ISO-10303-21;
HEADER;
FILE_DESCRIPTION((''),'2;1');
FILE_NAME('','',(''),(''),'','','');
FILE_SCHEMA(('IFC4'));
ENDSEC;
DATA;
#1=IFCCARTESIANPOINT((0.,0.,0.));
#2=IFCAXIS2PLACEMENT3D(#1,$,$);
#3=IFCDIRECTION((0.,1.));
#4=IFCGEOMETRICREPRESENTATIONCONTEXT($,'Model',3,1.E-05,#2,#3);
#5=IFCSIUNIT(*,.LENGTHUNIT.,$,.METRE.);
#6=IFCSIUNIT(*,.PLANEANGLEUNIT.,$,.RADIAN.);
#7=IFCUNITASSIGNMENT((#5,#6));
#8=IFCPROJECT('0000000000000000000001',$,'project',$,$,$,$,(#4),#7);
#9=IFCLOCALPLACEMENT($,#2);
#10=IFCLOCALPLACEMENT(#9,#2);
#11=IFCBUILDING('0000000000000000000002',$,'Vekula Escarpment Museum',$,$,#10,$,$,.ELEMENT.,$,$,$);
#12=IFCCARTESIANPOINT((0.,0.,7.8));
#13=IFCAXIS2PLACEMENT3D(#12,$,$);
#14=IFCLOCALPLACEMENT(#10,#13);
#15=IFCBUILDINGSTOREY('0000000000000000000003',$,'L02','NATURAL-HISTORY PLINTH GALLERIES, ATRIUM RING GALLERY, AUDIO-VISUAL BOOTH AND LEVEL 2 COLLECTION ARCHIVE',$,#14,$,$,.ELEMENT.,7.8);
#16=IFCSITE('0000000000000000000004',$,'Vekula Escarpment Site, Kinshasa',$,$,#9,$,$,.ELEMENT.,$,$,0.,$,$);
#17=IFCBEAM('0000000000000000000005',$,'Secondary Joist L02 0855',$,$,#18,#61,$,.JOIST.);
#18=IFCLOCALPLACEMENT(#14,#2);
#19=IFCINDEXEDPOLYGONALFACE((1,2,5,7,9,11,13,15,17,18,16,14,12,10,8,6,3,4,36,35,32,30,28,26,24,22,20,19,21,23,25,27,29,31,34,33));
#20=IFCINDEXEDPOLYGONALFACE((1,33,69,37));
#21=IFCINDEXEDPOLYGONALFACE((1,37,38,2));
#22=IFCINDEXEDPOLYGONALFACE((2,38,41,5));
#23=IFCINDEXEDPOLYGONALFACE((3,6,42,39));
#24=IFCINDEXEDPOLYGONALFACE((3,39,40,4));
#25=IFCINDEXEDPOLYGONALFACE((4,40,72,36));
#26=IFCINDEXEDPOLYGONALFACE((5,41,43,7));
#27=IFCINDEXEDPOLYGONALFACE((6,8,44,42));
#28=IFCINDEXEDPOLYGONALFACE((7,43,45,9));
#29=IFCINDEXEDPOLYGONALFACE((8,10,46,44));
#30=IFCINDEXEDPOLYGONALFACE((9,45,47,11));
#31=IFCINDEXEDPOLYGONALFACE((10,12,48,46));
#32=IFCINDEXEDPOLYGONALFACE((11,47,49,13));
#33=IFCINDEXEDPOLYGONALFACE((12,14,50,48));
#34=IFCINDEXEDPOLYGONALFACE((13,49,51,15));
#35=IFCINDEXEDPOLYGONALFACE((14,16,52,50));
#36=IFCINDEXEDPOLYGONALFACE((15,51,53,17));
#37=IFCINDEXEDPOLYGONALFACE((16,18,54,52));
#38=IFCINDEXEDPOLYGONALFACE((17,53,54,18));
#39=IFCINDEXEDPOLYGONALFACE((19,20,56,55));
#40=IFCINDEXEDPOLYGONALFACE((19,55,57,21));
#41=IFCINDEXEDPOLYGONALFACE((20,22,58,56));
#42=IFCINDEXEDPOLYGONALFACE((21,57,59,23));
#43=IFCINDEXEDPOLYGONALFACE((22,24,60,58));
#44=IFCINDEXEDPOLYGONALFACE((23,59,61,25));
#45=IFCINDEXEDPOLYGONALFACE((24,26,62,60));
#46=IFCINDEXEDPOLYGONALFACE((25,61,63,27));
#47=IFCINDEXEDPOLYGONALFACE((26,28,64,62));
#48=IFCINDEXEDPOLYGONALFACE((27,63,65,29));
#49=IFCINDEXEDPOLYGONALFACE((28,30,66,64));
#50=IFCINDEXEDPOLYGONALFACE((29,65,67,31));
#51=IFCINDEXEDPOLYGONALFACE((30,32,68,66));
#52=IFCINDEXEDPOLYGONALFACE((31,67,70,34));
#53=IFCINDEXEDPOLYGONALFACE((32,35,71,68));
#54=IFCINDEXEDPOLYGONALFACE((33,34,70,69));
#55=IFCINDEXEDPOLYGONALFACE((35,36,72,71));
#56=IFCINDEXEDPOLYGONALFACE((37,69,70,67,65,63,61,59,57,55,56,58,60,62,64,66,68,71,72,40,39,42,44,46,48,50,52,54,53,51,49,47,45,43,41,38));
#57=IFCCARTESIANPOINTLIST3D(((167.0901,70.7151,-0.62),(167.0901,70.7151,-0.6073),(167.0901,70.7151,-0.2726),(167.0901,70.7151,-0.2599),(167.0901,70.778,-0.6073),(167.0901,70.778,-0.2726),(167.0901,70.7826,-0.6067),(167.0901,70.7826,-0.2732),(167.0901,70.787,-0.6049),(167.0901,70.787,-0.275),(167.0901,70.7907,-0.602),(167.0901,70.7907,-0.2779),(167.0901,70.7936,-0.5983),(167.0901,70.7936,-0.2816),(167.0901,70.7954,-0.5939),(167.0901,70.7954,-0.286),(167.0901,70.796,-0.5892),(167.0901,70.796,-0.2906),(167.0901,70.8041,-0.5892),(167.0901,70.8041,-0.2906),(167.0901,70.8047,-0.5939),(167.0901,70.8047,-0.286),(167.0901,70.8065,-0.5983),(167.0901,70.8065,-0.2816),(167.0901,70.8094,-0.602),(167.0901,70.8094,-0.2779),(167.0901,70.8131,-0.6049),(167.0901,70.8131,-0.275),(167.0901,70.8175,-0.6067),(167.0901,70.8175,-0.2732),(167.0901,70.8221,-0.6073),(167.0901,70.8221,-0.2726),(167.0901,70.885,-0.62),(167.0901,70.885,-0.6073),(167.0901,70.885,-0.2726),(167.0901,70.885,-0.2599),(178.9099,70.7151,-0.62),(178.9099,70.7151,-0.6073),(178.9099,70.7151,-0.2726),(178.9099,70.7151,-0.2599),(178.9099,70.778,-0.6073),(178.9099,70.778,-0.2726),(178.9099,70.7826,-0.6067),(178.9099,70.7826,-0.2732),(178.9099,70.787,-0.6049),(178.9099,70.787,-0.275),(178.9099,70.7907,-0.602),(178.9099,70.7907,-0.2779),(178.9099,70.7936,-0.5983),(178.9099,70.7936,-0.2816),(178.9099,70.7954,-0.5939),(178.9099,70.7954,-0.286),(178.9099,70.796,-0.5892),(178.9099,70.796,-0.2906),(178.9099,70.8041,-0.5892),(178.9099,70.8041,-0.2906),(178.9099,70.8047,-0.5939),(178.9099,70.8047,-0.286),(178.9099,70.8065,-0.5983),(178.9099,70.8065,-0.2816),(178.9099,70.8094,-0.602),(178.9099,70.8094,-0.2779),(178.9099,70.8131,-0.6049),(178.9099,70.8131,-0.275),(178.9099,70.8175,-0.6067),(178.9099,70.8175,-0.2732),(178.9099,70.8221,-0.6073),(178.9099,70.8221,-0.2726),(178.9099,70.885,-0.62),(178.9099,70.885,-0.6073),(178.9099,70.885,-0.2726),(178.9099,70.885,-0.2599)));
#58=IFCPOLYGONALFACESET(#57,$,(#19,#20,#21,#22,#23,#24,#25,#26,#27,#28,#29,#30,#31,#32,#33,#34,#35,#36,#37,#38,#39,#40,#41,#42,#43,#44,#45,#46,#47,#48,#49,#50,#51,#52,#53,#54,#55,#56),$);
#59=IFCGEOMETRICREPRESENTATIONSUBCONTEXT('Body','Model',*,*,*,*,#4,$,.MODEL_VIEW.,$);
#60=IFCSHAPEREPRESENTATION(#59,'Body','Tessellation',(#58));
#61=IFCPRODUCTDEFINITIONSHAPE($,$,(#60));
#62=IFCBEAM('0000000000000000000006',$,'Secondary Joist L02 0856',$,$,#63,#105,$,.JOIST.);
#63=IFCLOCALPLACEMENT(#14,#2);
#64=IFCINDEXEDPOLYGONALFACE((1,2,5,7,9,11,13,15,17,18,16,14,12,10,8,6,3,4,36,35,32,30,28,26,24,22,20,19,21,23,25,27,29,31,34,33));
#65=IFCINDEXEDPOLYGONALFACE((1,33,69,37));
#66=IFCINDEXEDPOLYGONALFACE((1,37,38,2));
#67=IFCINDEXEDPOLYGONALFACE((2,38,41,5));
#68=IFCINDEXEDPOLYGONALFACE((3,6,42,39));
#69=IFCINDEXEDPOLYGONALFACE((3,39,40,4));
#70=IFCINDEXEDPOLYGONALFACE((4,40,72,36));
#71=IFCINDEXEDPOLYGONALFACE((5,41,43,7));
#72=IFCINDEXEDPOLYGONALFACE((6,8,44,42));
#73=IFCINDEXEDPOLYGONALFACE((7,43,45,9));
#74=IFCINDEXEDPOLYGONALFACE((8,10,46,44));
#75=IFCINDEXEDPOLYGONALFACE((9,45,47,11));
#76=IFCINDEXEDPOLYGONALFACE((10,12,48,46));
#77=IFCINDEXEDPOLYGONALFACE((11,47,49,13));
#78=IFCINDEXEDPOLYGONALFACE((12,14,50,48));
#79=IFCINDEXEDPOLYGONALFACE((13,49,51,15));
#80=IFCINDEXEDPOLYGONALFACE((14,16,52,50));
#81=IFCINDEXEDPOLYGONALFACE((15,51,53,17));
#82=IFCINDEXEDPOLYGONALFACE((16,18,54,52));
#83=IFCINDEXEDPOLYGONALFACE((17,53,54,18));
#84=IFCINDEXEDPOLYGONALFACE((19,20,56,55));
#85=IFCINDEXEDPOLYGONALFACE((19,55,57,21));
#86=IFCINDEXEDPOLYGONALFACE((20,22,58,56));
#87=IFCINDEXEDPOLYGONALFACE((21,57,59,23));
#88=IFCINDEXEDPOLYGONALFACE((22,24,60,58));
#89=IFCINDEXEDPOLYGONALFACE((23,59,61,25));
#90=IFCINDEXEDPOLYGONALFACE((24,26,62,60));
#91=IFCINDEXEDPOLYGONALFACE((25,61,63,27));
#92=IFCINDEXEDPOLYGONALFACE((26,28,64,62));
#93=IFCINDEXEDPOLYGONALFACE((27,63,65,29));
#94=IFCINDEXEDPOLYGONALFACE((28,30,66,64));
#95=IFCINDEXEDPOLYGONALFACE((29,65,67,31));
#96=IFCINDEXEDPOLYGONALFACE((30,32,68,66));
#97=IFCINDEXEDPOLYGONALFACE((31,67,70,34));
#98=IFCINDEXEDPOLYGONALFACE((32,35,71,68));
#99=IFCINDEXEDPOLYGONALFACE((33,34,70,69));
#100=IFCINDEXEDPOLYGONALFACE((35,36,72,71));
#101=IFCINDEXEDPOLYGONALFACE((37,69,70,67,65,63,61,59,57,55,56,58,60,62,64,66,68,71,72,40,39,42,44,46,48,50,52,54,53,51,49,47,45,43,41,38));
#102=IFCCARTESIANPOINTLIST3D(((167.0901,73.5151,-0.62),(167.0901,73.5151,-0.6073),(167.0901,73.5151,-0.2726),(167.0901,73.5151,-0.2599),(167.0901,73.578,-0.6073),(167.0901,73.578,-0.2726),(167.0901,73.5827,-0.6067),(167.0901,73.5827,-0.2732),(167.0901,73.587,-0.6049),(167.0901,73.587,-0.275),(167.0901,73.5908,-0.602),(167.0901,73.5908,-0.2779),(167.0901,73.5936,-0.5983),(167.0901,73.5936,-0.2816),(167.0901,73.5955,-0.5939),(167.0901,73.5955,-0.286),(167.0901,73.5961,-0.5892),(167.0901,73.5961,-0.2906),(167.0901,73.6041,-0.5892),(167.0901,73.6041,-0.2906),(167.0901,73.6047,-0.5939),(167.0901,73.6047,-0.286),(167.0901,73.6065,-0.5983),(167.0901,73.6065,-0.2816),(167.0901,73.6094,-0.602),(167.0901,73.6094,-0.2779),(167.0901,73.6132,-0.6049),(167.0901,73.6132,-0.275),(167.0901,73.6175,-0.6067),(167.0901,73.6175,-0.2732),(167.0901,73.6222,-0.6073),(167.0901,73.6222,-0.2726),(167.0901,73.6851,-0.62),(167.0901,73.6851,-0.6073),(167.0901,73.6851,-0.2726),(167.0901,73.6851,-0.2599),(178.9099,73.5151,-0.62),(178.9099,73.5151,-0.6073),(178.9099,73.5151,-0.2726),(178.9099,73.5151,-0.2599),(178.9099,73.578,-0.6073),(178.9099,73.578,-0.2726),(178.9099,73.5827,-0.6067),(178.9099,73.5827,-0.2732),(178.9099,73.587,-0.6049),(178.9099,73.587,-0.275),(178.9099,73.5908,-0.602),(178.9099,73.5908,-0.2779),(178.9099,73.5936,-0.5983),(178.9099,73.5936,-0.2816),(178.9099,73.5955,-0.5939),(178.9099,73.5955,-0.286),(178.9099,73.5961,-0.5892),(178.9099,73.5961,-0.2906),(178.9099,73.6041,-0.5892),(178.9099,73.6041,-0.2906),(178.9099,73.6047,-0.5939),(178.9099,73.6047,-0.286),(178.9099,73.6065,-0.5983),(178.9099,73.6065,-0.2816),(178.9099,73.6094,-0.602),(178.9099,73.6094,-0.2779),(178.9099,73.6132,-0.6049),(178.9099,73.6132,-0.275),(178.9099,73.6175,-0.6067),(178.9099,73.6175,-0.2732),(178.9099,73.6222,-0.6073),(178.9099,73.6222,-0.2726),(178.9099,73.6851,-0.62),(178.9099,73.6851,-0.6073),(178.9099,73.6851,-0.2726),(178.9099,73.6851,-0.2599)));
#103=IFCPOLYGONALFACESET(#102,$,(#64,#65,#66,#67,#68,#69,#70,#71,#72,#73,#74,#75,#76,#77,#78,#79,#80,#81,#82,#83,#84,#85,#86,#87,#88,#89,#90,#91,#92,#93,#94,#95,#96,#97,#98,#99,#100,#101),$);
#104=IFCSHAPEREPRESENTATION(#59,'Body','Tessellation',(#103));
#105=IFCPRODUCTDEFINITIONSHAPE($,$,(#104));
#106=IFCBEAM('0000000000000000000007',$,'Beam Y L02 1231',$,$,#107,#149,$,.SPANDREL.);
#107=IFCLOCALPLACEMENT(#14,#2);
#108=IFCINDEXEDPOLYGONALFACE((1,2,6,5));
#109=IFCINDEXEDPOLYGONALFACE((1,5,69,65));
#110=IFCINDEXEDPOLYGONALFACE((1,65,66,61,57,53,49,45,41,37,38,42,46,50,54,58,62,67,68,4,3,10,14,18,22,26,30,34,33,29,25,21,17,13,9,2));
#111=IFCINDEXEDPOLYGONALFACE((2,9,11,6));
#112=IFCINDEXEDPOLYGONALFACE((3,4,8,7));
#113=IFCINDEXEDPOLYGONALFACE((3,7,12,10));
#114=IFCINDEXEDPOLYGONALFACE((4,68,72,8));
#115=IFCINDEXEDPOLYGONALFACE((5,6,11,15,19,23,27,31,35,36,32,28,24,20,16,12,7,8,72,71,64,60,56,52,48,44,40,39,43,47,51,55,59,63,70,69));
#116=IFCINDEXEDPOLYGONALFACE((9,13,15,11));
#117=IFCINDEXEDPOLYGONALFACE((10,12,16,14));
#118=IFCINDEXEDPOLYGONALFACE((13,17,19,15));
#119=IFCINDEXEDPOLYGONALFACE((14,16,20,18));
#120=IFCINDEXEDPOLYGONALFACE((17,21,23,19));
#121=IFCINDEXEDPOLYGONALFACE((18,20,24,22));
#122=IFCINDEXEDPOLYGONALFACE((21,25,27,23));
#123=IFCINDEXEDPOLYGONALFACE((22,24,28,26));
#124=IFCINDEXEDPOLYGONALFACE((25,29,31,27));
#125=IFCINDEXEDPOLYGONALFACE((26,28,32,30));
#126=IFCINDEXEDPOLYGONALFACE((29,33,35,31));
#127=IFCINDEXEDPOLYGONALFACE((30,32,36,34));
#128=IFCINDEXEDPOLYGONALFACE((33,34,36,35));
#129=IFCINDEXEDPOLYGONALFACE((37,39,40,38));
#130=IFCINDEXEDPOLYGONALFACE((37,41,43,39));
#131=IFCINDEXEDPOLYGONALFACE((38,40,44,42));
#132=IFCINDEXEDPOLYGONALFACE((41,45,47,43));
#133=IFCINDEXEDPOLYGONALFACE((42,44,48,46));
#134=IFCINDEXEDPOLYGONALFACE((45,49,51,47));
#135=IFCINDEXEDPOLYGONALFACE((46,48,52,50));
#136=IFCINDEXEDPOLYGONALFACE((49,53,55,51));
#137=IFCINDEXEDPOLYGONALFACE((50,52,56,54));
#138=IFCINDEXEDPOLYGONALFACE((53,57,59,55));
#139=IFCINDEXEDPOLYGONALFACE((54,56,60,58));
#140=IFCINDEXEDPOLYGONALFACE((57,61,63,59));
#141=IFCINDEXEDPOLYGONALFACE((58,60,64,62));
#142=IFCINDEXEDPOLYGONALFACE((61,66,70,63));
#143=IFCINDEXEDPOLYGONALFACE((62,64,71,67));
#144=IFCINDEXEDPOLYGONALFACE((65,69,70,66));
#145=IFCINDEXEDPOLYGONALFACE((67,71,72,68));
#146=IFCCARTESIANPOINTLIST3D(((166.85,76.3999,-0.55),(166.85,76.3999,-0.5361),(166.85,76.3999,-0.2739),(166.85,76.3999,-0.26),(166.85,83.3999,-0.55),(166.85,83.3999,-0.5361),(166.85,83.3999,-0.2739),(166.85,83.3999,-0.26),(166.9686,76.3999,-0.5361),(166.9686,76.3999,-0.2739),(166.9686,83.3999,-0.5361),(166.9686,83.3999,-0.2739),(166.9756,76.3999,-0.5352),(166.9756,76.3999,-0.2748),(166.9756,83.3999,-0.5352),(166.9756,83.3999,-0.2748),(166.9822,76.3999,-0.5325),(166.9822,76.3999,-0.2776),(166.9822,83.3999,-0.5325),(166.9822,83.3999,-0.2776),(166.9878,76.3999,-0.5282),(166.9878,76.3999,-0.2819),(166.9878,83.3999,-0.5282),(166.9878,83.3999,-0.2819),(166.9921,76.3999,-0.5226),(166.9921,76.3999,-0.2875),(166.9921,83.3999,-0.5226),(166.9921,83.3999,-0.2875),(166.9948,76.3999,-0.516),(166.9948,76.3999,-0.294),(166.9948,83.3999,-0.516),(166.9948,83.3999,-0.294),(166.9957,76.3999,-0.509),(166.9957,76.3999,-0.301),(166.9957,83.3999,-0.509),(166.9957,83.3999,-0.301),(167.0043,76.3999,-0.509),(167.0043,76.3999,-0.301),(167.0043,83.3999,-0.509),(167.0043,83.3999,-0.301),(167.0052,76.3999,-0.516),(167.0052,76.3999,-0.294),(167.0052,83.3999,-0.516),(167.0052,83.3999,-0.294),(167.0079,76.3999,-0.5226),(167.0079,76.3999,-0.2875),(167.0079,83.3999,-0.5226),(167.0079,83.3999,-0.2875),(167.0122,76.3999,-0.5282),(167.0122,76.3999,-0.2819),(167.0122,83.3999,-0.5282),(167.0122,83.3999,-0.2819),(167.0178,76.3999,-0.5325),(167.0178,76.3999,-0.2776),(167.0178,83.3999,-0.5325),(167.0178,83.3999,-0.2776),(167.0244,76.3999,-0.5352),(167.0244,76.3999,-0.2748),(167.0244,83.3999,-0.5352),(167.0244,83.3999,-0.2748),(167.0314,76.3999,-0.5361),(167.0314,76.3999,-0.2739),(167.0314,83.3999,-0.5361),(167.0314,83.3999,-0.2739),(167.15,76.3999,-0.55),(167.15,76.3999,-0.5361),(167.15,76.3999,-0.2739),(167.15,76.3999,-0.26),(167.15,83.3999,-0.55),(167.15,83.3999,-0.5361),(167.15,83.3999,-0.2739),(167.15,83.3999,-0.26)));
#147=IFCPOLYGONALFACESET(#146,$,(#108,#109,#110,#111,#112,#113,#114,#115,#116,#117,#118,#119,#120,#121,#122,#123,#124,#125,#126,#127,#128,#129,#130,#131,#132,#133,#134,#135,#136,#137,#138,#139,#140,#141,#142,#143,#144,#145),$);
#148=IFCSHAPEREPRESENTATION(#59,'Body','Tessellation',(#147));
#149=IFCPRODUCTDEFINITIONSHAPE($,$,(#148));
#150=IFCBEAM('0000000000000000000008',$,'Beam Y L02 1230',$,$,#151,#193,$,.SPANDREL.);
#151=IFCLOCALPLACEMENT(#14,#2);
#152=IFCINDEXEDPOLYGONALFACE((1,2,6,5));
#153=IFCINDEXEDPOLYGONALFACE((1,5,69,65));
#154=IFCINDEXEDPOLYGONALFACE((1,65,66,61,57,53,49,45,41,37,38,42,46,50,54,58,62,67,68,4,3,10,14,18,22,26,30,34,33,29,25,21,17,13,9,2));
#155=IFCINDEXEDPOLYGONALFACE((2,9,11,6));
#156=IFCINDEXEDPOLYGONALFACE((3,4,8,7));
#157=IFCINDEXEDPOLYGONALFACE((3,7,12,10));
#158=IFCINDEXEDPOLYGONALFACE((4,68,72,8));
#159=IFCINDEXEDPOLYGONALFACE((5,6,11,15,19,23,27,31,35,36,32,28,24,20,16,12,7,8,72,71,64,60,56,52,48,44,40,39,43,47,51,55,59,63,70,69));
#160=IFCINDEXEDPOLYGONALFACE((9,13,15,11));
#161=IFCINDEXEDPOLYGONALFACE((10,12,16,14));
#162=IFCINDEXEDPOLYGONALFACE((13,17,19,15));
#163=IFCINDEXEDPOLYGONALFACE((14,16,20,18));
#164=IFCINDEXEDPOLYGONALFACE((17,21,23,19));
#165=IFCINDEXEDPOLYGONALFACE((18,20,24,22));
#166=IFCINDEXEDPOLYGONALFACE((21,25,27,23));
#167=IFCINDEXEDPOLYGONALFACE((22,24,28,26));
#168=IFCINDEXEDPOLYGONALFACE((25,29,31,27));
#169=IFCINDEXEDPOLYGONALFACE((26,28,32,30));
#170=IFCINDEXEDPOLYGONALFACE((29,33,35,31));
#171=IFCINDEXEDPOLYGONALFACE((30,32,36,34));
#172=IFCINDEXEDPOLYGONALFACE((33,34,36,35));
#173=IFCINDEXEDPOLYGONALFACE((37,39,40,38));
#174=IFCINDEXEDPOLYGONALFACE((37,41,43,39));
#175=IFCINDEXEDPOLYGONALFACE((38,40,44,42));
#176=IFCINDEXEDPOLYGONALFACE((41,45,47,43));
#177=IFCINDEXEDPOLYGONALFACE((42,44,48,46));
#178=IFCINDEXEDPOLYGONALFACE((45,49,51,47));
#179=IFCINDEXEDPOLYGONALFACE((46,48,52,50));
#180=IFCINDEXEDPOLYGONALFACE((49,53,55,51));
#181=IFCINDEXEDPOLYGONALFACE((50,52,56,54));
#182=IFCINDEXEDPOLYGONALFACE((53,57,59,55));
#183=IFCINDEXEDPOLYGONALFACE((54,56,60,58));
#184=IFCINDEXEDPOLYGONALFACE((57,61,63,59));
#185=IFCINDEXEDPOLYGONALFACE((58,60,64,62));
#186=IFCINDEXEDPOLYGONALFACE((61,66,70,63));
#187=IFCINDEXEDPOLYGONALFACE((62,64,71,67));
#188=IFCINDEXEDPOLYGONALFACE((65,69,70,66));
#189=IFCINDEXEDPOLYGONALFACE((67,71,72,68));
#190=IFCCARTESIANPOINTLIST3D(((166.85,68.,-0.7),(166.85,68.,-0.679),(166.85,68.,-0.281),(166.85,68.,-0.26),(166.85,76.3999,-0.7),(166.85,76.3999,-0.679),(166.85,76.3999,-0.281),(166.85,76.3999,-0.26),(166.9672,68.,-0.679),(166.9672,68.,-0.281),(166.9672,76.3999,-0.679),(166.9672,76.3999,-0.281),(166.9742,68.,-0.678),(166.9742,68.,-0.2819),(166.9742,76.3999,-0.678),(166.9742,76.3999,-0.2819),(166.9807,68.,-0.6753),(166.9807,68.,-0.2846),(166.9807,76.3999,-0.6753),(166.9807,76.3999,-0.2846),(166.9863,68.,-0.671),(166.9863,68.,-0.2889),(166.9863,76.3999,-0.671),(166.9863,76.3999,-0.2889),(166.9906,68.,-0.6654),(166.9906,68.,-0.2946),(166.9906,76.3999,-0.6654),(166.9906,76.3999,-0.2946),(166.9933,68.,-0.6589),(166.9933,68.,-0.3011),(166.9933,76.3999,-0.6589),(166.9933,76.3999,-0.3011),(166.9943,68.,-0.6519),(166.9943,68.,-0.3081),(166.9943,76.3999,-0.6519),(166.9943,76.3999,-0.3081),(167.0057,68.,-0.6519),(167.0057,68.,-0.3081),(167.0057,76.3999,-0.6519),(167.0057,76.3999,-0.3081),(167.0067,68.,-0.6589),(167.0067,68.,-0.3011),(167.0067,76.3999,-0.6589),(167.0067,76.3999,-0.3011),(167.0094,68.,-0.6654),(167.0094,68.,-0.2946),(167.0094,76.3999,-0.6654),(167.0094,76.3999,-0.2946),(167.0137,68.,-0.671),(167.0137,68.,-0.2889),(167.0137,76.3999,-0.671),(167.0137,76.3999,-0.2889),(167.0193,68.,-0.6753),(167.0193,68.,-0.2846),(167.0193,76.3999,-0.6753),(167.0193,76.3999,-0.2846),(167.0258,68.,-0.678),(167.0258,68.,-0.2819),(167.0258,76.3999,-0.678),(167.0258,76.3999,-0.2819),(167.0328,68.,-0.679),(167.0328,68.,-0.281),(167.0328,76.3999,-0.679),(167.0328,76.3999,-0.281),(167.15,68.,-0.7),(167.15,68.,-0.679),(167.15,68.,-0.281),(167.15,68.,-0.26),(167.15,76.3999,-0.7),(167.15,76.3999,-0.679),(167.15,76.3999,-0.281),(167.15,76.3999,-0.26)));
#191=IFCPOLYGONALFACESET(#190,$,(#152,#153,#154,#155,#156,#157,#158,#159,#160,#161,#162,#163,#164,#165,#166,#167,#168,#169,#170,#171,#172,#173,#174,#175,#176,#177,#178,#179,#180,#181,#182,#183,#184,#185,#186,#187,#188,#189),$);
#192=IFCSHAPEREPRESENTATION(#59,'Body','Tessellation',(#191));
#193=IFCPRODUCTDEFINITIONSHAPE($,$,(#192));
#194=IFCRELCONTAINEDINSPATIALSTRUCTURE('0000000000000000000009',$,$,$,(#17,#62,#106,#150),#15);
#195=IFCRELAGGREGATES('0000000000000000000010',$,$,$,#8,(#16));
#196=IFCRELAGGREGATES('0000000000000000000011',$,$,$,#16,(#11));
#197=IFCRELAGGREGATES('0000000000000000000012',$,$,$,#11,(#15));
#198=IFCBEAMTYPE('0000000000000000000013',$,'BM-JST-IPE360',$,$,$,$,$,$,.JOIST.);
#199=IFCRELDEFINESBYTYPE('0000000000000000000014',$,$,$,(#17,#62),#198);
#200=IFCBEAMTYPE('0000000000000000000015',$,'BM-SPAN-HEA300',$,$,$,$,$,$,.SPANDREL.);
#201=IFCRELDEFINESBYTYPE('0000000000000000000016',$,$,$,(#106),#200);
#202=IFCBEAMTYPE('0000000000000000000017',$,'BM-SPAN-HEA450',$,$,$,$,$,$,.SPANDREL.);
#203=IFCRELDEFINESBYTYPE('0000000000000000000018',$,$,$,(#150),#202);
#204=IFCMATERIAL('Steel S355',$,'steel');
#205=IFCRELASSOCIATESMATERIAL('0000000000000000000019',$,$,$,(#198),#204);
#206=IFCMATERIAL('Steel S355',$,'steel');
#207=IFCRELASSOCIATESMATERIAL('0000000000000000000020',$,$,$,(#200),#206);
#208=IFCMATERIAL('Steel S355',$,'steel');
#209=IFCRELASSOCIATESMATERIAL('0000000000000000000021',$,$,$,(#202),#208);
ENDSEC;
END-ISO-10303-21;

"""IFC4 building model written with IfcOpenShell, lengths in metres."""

from ifc_helpers import new_model, si_unit, direction, frame, origin, origin_2d, place, context, subcontext, project, spatial, i_section, extrude, material, material_profile, profile_set, type_object, element, save


model = new_model("IFC4")

# Units and contexts
model_context = context("Model", 3, precision=1e-05, world=origin(), true_north=direction((0.0, 1.0)))
body_context = subcontext(model_context, "Body", "Model", "MODEL_VIEW")
ifc_project = project(units=[si_unit("LENGTHUNIT", "METRE"), si_unit("PLANEANGLEUNIT", "RADIAN")], contexts=[model_context])

# Site, building, storey
site_placement = place(None, origin())
site = spatial("IfcSite", under=ifc_project, at=site_placement, Name="Vekula Escarpment Site, Kinshasa", CompositionType="ELEMENT", RefElevation=0.0)
building_placement = place(site_placement, origin())
building = spatial("IfcBuilding", under=site, at=building_placement, Name="Vekula Escarpment Museum", CompositionType="ELEMENT")
storey_placement = place(building_placement, frame((0.0, 0.0, 7.8)))
storey = spatial("IfcBuildingStorey", under=building, at=storey_placement, Name="L02", Description="NATURAL-HISTORY PLINTH GALLERIES, ATRIUM RING GALLERY, AUDIO-VISUAL BOOTH AND LEVEL 2 COLLECTION ARCHIVE", CompositionType="ELEMENT", Elevation=7.8)

# Beams
ifc_material_1 = material(Name="Steel S355", Category="steel")
ifc_material_profile_1 = material_profile(ifc_material_1, i_section(OverallWidth=0.1699, OverallDepth=0.3601, WebThickness=0.0081, FlangeThickness=0.0127, FilletRadius=0.0181, at=origin_2d()), Name="IPE 360")
ifc_profile_set_1 = profile_set([ifc_material_profile_1], Name="Steel S355")
beam_type_1 = type_object("IfcBeamType", Name="BM-JST-IPE360", PredefinedType="JOIST", material=ifc_profile_set_1)
for number, where, z_axis, x_axis, name in (
    (1, (167.0901, 70.8, -0.4399), (1.0, 0.0, 0.0), (0.0, 1.0, 0.0), "Secondary Joist L02 0855"),
    (2, (167.0901, 73.6001, -0.4399), (1.0, 0.0, 0.0), (0.0, 1.0, 0.0), "Secondary Joist L02 0856"),
):
    element("IfcBeam", number, at=place(storey_placement, frame(where, z_axis=z_axis, x_axis=x_axis)), inside=storey, type_object=beam_type_1, Name=name, PredefinedType="JOIST", context=body_context, shape_type="SweptSolid", body=[
        extrude(i_section(OverallWidth=0.1699, OverallDepth=0.3601, WebThickness=0.0081, FlangeThickness=0.0127, FilletRadius=0.0181, at=origin_2d()), origin(), (0.0, 0.0, 1.0), 11.8198),
    ])
ifc_material_2 = material(Name="Steel S355", Category="steel")
ifc_material_profile_2 = material_profile(ifc_material_2, i_section(OverallWidth=0.3, OverallDepth=0.29, WebThickness=0.0085, FlangeThickness=0.0139, FilletRadius=0.0271, at=origin_2d()), Name="HEA 300")
ifc_profile_set_2 = profile_set([ifc_material_profile_2], Name="Steel S355")
beam_type_2 = type_object("IfcBeamType", Name="BM-SPAN-HEA300", PredefinedType="SPANDREL", material=ifc_profile_set_2)
beam_1_placement = place(storey_placement, frame((167.0, 76.3999, -0.405), z_axis=(0.0, 1.0, 0.0), x_axis=(-1.0, 0.0, 0.0)))
element("IfcBeam", 3, at=beam_1_placement, inside=storey, type_object=beam_type_2, Name="Beam Y L02 1231", PredefinedType="SPANDREL", context=body_context, shape_type="SweptSolid", body=[
    extrude(i_section(OverallWidth=0.3, OverallDepth=0.29, WebThickness=0.0085, FlangeThickness=0.0139, FilletRadius=0.0271, at=origin_2d()), origin(), (0.0, 0.0, 1.0), 7.0),
])
ifc_material_3 = material(Name="Steel S355", Category="steel")
ifc_material_profile_3 = material_profile(ifc_material_3, i_section(OverallWidth=0.3, OverallDepth=0.4399, WebThickness=0.0115, FlangeThickness=0.021, FilletRadius=0.0271, at=origin_2d()), Name="HEA 450")
ifc_profile_set_3 = profile_set([ifc_material_profile_3], Name="Steel S355")
beam_type_3 = type_object("IfcBeamType", Name="BM-SPAN-HEA450", PredefinedType="SPANDREL", material=ifc_profile_set_3)
beam_2_placement = place(storey_placement, frame((167.0, 68.0, -0.48), z_axis=(0.0, 1.0, 0.0), x_axis=(-1.0, 0.0, 0.0)))
element("IfcBeam", 4, at=beam_2_placement, inside=storey, type_object=beam_type_3, Name="Beam Y L02 1230", PredefinedType="SPANDREL", context=body_context, shape_type="SweptSolid", body=[
    extrude(i_section(OverallWidth=0.3, OverallDepth=0.4399, WebThickness=0.0115, FlangeThickness=0.021, FilletRadius=0.0271, at=origin_2d()), origin(), (0.0, 0.0, 1.0), 8.3999),
])

save(model, "model.ifc")
